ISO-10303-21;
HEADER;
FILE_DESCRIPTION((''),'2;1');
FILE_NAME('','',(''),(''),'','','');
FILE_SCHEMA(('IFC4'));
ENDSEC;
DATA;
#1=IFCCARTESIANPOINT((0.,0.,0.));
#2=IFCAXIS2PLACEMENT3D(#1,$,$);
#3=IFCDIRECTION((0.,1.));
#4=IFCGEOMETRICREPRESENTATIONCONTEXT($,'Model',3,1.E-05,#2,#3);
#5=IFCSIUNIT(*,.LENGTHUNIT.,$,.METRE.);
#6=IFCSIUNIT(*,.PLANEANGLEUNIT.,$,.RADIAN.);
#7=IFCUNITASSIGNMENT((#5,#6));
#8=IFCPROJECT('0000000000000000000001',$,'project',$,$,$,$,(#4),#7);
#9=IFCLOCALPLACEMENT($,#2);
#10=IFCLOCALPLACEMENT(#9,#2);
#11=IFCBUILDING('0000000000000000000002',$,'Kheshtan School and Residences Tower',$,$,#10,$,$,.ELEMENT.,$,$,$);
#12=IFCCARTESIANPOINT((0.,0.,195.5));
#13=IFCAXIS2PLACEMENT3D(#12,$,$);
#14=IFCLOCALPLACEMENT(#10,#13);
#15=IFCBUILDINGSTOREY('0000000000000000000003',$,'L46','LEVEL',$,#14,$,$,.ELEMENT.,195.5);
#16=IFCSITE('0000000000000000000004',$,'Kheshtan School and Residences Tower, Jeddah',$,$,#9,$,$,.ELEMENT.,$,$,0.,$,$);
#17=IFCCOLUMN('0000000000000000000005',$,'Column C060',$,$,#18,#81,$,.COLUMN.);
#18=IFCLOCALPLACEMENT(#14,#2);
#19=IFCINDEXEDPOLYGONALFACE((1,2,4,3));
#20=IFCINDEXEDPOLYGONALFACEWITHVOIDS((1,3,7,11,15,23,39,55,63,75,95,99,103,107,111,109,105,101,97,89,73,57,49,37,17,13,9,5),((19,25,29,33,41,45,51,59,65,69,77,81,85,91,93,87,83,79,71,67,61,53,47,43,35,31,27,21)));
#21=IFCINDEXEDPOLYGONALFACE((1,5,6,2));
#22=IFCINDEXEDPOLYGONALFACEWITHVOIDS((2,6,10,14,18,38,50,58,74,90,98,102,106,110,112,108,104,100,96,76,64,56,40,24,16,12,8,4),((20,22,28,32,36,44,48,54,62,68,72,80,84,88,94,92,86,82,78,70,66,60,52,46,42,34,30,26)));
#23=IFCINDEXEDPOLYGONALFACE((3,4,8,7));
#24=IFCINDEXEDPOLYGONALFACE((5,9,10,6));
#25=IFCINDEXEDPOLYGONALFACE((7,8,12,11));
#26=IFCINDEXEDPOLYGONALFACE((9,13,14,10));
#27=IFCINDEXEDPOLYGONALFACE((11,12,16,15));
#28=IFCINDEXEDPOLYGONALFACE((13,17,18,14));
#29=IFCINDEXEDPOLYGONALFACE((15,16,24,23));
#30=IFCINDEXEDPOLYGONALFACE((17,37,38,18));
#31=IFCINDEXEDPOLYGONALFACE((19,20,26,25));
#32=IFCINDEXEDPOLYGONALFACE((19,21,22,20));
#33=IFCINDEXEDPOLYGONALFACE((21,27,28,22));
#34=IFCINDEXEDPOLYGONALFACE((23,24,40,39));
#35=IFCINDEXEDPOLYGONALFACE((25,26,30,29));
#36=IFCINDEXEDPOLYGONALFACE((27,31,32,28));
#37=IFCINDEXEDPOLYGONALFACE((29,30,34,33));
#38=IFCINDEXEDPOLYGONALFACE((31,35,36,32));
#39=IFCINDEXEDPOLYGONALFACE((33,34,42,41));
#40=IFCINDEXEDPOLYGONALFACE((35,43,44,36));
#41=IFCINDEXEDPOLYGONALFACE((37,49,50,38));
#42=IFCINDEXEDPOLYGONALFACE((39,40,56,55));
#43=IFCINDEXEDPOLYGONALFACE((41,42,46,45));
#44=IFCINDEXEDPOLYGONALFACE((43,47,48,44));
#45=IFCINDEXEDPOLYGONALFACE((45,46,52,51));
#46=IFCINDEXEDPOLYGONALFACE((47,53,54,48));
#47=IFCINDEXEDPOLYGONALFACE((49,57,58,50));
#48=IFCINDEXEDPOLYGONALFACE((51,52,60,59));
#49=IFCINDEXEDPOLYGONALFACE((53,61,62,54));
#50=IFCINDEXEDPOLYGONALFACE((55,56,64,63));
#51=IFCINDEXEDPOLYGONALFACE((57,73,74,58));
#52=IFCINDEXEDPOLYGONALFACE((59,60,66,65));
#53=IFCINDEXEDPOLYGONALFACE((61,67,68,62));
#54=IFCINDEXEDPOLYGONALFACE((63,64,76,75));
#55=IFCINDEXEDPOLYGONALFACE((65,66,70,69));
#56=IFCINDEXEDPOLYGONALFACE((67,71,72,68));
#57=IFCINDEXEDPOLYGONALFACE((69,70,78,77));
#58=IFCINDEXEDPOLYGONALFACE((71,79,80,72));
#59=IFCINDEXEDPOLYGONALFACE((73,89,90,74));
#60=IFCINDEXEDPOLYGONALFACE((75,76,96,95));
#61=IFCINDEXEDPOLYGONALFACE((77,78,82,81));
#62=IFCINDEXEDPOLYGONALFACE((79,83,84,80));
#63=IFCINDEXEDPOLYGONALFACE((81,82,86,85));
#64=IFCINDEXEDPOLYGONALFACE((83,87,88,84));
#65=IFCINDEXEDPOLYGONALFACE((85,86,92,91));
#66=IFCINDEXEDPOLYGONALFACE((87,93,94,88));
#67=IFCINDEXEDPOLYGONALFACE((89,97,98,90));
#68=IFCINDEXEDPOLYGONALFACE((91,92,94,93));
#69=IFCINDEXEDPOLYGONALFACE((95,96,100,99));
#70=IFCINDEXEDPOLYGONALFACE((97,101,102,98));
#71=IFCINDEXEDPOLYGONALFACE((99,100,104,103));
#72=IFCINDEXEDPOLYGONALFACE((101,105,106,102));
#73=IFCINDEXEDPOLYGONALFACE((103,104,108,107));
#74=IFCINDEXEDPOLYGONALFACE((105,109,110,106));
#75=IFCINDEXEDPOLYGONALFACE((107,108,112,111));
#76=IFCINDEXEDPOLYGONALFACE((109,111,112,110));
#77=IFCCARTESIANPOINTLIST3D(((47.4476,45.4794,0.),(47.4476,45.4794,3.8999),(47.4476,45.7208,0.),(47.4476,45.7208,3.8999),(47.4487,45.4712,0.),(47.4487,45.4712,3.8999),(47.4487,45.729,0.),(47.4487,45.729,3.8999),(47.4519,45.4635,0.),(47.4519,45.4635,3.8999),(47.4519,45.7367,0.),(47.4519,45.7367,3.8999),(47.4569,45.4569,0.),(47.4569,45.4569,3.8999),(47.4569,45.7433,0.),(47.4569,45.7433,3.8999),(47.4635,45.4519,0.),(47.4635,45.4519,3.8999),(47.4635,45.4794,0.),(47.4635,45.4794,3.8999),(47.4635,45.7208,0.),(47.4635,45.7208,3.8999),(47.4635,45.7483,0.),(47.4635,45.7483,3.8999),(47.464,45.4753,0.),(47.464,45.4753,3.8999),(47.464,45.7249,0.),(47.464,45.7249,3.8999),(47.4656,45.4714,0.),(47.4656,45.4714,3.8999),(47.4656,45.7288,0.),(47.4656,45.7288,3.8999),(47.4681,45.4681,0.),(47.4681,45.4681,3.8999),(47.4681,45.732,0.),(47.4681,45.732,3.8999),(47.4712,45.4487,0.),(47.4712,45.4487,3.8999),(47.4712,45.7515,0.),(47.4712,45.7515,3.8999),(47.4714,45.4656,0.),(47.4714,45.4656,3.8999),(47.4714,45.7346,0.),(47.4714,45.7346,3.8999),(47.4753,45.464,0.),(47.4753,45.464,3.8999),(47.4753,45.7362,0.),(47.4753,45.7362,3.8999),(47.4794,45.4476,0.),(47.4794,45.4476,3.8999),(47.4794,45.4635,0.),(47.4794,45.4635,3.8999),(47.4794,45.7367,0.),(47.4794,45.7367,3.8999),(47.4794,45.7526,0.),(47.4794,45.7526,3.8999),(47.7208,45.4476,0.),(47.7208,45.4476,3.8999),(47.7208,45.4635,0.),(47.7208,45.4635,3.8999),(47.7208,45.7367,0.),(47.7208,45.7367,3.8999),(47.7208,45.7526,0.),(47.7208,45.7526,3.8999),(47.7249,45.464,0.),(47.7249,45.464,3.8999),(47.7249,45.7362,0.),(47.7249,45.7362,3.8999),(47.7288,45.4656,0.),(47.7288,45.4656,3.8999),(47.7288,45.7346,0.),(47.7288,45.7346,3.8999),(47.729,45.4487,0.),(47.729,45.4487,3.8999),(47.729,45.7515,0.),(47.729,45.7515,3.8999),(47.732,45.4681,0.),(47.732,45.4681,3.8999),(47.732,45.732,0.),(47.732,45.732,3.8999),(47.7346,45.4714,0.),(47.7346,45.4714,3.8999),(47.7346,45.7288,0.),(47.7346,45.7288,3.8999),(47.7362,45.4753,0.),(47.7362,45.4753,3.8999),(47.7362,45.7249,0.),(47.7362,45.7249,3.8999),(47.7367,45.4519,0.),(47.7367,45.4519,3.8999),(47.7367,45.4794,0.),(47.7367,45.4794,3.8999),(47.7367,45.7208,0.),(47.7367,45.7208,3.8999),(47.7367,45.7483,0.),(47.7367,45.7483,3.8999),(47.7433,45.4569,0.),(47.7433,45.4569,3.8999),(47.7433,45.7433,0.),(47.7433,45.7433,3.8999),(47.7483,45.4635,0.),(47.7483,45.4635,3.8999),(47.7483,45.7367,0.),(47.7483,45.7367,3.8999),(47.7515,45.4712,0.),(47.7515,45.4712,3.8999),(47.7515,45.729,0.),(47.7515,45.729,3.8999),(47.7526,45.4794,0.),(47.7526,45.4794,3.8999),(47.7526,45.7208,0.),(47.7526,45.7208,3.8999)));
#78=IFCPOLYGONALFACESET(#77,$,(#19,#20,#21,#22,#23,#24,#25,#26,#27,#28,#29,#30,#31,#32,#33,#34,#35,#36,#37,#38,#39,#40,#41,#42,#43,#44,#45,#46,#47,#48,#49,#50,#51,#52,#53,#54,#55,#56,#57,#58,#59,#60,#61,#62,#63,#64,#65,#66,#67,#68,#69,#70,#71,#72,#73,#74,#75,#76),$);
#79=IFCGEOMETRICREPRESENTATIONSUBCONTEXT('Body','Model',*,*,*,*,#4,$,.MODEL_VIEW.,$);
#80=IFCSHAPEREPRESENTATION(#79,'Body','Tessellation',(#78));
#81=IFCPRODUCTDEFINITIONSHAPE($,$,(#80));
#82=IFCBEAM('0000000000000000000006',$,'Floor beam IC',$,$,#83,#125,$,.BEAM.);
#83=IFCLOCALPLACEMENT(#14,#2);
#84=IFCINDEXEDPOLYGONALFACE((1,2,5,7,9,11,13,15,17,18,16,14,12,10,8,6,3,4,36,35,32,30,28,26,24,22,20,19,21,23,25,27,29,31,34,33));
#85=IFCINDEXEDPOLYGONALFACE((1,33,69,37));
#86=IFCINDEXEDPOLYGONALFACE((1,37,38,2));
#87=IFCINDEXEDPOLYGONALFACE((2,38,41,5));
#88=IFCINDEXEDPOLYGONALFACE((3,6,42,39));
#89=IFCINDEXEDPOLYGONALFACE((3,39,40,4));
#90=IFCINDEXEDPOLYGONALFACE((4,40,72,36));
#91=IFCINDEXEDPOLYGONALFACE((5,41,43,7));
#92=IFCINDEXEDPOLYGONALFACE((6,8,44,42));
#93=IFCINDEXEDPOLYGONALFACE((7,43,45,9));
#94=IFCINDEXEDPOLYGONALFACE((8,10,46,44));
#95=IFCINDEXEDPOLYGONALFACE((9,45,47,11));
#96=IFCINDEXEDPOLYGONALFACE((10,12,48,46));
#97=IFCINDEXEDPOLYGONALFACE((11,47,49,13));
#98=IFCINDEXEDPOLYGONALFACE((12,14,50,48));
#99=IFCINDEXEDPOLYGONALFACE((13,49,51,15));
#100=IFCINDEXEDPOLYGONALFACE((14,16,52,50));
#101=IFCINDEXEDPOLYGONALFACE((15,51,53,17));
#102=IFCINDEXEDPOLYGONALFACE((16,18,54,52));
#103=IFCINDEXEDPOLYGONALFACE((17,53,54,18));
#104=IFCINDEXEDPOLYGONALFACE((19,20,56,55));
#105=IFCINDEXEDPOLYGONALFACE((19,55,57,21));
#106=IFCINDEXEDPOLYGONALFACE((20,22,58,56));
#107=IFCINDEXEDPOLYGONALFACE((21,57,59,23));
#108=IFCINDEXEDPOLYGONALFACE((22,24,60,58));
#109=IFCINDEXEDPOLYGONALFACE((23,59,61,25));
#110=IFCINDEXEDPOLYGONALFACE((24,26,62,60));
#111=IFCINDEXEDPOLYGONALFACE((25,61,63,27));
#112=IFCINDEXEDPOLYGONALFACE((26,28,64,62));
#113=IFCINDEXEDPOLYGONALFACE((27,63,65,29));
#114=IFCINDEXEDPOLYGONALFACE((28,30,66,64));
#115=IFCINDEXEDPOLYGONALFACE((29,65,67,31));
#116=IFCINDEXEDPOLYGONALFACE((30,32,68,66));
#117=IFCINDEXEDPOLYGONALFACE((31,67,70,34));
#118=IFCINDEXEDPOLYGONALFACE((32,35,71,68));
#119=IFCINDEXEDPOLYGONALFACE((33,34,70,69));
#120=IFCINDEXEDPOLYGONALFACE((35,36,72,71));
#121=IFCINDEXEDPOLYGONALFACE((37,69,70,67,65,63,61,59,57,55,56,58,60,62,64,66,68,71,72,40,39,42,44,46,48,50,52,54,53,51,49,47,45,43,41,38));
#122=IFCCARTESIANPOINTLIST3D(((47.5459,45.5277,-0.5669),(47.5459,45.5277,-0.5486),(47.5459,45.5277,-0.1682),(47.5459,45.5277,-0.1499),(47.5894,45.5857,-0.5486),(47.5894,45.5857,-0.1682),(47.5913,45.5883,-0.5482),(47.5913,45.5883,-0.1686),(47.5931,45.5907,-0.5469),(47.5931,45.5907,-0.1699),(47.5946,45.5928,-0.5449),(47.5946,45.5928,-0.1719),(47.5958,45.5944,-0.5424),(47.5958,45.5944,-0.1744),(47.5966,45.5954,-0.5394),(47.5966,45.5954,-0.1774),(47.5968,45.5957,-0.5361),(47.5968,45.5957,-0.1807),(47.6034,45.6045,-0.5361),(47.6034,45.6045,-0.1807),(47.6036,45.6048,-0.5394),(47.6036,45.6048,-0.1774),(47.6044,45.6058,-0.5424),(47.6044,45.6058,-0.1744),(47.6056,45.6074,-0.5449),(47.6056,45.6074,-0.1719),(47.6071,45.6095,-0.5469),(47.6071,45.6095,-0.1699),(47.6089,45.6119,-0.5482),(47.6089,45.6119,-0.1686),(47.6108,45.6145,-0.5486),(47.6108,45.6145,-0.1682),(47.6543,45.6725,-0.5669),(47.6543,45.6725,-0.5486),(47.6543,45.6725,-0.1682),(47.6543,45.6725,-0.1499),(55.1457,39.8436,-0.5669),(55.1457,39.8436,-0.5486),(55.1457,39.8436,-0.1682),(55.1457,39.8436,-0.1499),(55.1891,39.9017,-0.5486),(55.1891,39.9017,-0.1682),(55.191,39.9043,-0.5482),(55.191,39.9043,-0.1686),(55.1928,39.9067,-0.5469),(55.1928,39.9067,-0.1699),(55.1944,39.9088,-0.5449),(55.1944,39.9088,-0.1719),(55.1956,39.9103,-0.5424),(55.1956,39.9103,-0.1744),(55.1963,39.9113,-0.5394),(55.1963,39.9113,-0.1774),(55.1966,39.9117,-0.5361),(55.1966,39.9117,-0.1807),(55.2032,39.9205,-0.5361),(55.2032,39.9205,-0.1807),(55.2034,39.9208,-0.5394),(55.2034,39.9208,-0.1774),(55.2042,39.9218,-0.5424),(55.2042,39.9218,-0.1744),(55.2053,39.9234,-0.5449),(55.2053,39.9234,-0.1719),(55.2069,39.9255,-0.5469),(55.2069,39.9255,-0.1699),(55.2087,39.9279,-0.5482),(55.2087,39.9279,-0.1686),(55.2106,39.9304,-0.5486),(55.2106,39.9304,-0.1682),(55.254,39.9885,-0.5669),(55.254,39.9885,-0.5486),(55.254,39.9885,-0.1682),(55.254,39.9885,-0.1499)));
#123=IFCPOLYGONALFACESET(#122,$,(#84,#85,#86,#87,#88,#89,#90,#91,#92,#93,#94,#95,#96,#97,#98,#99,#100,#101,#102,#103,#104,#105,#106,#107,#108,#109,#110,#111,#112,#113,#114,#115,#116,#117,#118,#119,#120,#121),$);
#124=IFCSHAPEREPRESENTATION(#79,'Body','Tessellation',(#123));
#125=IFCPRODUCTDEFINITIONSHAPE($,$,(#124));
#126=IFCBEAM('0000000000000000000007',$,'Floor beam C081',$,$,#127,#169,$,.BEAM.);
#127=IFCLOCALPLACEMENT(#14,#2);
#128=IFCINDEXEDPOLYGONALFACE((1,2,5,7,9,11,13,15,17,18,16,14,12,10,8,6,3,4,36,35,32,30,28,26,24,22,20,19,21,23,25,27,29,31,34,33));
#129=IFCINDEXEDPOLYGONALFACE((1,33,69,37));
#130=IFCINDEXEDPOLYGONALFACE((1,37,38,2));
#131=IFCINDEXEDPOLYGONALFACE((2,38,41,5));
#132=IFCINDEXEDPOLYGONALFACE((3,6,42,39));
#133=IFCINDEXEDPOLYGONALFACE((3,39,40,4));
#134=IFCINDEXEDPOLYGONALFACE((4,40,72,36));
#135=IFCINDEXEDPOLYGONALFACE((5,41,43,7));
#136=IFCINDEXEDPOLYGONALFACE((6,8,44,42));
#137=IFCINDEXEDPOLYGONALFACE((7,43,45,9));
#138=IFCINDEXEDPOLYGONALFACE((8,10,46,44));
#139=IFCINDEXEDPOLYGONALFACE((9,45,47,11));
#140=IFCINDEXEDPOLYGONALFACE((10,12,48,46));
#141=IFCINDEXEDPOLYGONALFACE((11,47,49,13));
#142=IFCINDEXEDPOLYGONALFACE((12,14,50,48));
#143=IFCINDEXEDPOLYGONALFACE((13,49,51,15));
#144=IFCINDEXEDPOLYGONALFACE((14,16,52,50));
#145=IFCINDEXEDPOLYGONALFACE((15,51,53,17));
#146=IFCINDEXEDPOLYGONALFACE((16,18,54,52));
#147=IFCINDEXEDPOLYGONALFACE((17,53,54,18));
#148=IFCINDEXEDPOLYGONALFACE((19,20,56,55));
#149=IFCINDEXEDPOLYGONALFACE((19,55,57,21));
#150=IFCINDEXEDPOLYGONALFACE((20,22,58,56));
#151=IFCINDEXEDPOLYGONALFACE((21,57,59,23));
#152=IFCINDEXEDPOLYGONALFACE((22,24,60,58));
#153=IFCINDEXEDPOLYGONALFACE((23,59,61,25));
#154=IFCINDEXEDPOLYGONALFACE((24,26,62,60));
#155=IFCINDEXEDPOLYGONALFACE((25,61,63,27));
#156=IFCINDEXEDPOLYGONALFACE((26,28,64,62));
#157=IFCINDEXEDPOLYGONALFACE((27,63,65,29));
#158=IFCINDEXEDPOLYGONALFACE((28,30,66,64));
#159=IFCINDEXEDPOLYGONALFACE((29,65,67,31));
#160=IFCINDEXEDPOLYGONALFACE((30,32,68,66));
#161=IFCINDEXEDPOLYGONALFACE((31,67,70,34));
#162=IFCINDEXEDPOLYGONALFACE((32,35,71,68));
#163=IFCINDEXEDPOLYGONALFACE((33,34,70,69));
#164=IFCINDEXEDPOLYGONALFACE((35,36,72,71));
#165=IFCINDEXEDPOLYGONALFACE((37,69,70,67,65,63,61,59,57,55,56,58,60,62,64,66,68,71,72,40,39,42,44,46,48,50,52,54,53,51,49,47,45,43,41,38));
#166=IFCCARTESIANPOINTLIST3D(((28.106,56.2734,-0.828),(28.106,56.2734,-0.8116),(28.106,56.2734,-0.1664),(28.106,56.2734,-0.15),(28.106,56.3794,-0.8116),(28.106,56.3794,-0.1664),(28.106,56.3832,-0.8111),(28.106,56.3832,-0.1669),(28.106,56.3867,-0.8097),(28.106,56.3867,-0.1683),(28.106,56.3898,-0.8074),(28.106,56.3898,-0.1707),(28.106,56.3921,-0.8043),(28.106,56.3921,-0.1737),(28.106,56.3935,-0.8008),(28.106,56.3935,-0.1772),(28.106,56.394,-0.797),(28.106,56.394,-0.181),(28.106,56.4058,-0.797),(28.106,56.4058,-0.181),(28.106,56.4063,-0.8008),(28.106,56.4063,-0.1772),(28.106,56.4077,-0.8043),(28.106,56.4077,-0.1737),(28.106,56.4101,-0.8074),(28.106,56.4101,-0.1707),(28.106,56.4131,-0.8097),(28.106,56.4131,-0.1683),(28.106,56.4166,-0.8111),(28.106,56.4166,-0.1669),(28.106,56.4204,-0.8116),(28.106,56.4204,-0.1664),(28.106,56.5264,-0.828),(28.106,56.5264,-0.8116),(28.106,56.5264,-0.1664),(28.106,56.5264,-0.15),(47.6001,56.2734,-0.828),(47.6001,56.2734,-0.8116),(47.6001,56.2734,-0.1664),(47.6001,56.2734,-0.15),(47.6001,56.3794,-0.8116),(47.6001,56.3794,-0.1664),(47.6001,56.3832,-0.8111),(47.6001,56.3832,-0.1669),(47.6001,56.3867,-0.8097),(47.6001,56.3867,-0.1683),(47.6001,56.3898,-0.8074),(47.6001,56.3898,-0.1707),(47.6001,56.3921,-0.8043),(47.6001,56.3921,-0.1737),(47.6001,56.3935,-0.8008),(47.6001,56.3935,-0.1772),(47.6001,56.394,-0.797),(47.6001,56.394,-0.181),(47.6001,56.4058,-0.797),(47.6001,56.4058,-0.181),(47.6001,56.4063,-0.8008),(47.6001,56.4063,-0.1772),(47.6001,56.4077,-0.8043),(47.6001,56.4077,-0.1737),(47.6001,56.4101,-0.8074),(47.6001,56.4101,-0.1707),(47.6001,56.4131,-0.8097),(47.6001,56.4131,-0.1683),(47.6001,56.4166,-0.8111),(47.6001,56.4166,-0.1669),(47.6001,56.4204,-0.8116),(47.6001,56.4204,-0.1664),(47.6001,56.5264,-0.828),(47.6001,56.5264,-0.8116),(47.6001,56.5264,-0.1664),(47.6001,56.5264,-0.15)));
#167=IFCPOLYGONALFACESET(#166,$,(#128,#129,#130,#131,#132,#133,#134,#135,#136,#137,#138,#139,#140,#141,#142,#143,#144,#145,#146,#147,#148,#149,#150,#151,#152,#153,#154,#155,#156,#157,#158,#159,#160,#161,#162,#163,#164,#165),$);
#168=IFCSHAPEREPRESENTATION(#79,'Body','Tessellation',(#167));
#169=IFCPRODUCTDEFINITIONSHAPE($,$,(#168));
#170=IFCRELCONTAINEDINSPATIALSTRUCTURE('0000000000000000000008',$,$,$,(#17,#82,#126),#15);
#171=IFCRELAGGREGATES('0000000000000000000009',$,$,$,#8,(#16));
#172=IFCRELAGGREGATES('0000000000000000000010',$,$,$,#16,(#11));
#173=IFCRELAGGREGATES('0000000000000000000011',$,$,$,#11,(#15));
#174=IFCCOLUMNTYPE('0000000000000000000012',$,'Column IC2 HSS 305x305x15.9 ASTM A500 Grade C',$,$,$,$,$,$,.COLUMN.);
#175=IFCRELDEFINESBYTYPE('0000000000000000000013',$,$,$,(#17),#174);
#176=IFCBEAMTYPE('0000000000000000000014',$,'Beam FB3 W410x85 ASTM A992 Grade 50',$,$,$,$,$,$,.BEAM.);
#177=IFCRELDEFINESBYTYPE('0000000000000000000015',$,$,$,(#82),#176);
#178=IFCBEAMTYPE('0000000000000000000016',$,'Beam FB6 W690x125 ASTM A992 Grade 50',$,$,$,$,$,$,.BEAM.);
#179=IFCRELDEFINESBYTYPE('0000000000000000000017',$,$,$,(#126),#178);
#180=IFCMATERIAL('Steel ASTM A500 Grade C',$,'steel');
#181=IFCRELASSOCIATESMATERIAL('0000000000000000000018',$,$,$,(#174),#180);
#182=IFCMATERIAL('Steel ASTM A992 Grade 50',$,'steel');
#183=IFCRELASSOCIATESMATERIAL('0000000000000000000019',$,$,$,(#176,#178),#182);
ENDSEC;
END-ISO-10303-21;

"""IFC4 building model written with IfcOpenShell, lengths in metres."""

from ifc_helpers import new_model, si_unit, direction, frame, origin, origin_2d, place, context, subcontext, project, spatial, hollow_rectangle, i_section, extrude, material, material_profile, profile_set, type_object, element, save


model = new_model("IFC4")

# Units and contexts
model_context = context("Model", 3, precision=1e-05, world=origin(), true_north=direction((0.0, 1.0)))
body_context = subcontext(model_context, "Body", "Model", "MODEL_VIEW")
ifc_project = project(units=[si_unit("LENGTHUNIT", "METRE"), si_unit("PLANEANGLEUNIT", "RADIAN")], contexts=[model_context])

# Site, building, storey
site_placement = place(None, origin())
site = spatial("IfcSite", under=ifc_project, at=site_placement, Name="Kheshtan School and Residences Tower, Jeddah", CompositionType="ELEMENT", RefElevation=0.0)
building_placement = place(site_placement, origin())
building = spatial("IfcBuilding", under=site, at=building_placement, Name="Kheshtan School and Residences Tower", CompositionType="ELEMENT")
storey_placement = place(building_placement, frame((0.0, 0.0, 195.5)))
storey = spatial("IfcBuildingStorey", under=building, at=storey_placement, Name="L46", Description="LEVEL", CompositionType="ELEMENT", Elevation=195.5)

# Column
ifc_material_1 = material(Name="Steel ASTM A992 Grade 50", Category="steel")
ifc_material_2 = material(Name="Steel ASTM A500 Grade C", Category="steel")
ifc_material_profile_1 = material_profile(ifc_material_2, hollow_rectangle(XDim=0.3049, YDim=0.3049, WallThickness=0.0159, InnerFilletRadius=0.0159, OuterFilletRadius=0.0317, at=origin_2d()), Name="HSS 305x305x15.9")
ifc_profile_set_1 = profile_set([ifc_material_profile_1], Name="Steel ASTM A500 Grade C")
column_type_1 = type_object("IfcColumnType", Name="Column IC2 HSS 305x305x15.9 ASTM A500 Grade C", PredefinedType="COLUMN", material=ifc_profile_set_1)
column_placement = place(storey_placement, frame((47.6001, 45.6001, 0.0), z_axis=(0.0, 0.0, 1.0), x_axis=(1.0, 0.0, 0.0)))
element("IfcColumn", 1, at=column_placement, inside=storey, type_object=column_type_1, Name="Column C060", PredefinedType="COLUMN", context=body_context, shape_type="SweptSolid", body=[
    extrude(hollow_rectangle(XDim=0.3049, YDim=0.3049, WallThickness=0.0159, InnerFilletRadius=0.0159, OuterFilletRadius=0.0317, at=origin_2d()), origin(), (0.0, 0.0, 1.0), 3.8999),
])

# Beams
ifc_material_profile_2 = material_profile(ifc_material_1, i_section(OverallWidth=0.1809, OverallDepth=0.417, WebThickness=0.011, FlangeThickness=0.0183, FilletRadius=0.0125, at=origin_2d()), Name="W410x85")
ifc_profile_set_2 = profile_set([ifc_material_profile_2], Name="Steel ASTM A992 Grade 50")
beam_type_1 = type_object("IfcBeamType", Name="Beam FB3 W410x85 ASTM A992 Grade 50", PredefinedType="BEAM", material=ifc_profile_set_2)
beam_1_placement = place(storey_placement, frame((47.6001, 45.6001, -0.3584), z_axis=(0.800799, -0.598933, 0.0), x_axis=(0.598933, 0.800799, 0.0)))
element("IfcBeam", 2, at=beam_1_placement, inside=storey, type_object=beam_type_1, Name="Floor beam IC", PredefinedType="BEAM", context=body_context, shape_type="SweptSolid", body=[
    extrude(i_section(OverallWidth=0.1809, OverallDepth=0.417, WebThickness=0.011, FlangeThickness=0.0183, FilletRadius=0.0125, at=origin_2d()), origin(), (0.0, 0.0, 1.0), 9.4902),
])
ifc_material_profile_3 = material_profile(ifc_material_1, i_section(OverallWidth=0.2529, OverallDepth=0.678, WebThickness=0.0117, FlangeThickness=0.0164, FilletRadius=0.0146, at=origin_2d()), Name="W690x125")
ifc_profile_set_3 = profile_set([ifc_material_profile_3], Name="Steel ASTM A992 Grade 50")
beam_type_2 = type_object("IfcBeamType", Name="Beam FB6 W690x125 ASTM A992 Grade 50", PredefinedType="BEAM", material=ifc_profile_set_3)
beam_2_placement = place(storey_placement, frame((47.6001, 56.3999, -0.489), z_axis=(-1.0, 0.0, 0.0), x_axis=(0.0, -1.0, 0.0)))
element("IfcBeam", 3, at=beam_2_placement, inside=storey, type_object=beam_type_2, Name="Floor beam C081", PredefinedType="BEAM", context=body_context, shape_type="SweptSolid", body=[
    extrude(i_section(OverallWidth=0.2529, OverallDepth=0.678, WebThickness=0.0117, FlangeThickness=0.0164, FilletRadius=0.0146, at=origin_2d()), origin(), (0.0, 0.0, 1.0), 19.4941),
])

save(model, "model.ifc")
